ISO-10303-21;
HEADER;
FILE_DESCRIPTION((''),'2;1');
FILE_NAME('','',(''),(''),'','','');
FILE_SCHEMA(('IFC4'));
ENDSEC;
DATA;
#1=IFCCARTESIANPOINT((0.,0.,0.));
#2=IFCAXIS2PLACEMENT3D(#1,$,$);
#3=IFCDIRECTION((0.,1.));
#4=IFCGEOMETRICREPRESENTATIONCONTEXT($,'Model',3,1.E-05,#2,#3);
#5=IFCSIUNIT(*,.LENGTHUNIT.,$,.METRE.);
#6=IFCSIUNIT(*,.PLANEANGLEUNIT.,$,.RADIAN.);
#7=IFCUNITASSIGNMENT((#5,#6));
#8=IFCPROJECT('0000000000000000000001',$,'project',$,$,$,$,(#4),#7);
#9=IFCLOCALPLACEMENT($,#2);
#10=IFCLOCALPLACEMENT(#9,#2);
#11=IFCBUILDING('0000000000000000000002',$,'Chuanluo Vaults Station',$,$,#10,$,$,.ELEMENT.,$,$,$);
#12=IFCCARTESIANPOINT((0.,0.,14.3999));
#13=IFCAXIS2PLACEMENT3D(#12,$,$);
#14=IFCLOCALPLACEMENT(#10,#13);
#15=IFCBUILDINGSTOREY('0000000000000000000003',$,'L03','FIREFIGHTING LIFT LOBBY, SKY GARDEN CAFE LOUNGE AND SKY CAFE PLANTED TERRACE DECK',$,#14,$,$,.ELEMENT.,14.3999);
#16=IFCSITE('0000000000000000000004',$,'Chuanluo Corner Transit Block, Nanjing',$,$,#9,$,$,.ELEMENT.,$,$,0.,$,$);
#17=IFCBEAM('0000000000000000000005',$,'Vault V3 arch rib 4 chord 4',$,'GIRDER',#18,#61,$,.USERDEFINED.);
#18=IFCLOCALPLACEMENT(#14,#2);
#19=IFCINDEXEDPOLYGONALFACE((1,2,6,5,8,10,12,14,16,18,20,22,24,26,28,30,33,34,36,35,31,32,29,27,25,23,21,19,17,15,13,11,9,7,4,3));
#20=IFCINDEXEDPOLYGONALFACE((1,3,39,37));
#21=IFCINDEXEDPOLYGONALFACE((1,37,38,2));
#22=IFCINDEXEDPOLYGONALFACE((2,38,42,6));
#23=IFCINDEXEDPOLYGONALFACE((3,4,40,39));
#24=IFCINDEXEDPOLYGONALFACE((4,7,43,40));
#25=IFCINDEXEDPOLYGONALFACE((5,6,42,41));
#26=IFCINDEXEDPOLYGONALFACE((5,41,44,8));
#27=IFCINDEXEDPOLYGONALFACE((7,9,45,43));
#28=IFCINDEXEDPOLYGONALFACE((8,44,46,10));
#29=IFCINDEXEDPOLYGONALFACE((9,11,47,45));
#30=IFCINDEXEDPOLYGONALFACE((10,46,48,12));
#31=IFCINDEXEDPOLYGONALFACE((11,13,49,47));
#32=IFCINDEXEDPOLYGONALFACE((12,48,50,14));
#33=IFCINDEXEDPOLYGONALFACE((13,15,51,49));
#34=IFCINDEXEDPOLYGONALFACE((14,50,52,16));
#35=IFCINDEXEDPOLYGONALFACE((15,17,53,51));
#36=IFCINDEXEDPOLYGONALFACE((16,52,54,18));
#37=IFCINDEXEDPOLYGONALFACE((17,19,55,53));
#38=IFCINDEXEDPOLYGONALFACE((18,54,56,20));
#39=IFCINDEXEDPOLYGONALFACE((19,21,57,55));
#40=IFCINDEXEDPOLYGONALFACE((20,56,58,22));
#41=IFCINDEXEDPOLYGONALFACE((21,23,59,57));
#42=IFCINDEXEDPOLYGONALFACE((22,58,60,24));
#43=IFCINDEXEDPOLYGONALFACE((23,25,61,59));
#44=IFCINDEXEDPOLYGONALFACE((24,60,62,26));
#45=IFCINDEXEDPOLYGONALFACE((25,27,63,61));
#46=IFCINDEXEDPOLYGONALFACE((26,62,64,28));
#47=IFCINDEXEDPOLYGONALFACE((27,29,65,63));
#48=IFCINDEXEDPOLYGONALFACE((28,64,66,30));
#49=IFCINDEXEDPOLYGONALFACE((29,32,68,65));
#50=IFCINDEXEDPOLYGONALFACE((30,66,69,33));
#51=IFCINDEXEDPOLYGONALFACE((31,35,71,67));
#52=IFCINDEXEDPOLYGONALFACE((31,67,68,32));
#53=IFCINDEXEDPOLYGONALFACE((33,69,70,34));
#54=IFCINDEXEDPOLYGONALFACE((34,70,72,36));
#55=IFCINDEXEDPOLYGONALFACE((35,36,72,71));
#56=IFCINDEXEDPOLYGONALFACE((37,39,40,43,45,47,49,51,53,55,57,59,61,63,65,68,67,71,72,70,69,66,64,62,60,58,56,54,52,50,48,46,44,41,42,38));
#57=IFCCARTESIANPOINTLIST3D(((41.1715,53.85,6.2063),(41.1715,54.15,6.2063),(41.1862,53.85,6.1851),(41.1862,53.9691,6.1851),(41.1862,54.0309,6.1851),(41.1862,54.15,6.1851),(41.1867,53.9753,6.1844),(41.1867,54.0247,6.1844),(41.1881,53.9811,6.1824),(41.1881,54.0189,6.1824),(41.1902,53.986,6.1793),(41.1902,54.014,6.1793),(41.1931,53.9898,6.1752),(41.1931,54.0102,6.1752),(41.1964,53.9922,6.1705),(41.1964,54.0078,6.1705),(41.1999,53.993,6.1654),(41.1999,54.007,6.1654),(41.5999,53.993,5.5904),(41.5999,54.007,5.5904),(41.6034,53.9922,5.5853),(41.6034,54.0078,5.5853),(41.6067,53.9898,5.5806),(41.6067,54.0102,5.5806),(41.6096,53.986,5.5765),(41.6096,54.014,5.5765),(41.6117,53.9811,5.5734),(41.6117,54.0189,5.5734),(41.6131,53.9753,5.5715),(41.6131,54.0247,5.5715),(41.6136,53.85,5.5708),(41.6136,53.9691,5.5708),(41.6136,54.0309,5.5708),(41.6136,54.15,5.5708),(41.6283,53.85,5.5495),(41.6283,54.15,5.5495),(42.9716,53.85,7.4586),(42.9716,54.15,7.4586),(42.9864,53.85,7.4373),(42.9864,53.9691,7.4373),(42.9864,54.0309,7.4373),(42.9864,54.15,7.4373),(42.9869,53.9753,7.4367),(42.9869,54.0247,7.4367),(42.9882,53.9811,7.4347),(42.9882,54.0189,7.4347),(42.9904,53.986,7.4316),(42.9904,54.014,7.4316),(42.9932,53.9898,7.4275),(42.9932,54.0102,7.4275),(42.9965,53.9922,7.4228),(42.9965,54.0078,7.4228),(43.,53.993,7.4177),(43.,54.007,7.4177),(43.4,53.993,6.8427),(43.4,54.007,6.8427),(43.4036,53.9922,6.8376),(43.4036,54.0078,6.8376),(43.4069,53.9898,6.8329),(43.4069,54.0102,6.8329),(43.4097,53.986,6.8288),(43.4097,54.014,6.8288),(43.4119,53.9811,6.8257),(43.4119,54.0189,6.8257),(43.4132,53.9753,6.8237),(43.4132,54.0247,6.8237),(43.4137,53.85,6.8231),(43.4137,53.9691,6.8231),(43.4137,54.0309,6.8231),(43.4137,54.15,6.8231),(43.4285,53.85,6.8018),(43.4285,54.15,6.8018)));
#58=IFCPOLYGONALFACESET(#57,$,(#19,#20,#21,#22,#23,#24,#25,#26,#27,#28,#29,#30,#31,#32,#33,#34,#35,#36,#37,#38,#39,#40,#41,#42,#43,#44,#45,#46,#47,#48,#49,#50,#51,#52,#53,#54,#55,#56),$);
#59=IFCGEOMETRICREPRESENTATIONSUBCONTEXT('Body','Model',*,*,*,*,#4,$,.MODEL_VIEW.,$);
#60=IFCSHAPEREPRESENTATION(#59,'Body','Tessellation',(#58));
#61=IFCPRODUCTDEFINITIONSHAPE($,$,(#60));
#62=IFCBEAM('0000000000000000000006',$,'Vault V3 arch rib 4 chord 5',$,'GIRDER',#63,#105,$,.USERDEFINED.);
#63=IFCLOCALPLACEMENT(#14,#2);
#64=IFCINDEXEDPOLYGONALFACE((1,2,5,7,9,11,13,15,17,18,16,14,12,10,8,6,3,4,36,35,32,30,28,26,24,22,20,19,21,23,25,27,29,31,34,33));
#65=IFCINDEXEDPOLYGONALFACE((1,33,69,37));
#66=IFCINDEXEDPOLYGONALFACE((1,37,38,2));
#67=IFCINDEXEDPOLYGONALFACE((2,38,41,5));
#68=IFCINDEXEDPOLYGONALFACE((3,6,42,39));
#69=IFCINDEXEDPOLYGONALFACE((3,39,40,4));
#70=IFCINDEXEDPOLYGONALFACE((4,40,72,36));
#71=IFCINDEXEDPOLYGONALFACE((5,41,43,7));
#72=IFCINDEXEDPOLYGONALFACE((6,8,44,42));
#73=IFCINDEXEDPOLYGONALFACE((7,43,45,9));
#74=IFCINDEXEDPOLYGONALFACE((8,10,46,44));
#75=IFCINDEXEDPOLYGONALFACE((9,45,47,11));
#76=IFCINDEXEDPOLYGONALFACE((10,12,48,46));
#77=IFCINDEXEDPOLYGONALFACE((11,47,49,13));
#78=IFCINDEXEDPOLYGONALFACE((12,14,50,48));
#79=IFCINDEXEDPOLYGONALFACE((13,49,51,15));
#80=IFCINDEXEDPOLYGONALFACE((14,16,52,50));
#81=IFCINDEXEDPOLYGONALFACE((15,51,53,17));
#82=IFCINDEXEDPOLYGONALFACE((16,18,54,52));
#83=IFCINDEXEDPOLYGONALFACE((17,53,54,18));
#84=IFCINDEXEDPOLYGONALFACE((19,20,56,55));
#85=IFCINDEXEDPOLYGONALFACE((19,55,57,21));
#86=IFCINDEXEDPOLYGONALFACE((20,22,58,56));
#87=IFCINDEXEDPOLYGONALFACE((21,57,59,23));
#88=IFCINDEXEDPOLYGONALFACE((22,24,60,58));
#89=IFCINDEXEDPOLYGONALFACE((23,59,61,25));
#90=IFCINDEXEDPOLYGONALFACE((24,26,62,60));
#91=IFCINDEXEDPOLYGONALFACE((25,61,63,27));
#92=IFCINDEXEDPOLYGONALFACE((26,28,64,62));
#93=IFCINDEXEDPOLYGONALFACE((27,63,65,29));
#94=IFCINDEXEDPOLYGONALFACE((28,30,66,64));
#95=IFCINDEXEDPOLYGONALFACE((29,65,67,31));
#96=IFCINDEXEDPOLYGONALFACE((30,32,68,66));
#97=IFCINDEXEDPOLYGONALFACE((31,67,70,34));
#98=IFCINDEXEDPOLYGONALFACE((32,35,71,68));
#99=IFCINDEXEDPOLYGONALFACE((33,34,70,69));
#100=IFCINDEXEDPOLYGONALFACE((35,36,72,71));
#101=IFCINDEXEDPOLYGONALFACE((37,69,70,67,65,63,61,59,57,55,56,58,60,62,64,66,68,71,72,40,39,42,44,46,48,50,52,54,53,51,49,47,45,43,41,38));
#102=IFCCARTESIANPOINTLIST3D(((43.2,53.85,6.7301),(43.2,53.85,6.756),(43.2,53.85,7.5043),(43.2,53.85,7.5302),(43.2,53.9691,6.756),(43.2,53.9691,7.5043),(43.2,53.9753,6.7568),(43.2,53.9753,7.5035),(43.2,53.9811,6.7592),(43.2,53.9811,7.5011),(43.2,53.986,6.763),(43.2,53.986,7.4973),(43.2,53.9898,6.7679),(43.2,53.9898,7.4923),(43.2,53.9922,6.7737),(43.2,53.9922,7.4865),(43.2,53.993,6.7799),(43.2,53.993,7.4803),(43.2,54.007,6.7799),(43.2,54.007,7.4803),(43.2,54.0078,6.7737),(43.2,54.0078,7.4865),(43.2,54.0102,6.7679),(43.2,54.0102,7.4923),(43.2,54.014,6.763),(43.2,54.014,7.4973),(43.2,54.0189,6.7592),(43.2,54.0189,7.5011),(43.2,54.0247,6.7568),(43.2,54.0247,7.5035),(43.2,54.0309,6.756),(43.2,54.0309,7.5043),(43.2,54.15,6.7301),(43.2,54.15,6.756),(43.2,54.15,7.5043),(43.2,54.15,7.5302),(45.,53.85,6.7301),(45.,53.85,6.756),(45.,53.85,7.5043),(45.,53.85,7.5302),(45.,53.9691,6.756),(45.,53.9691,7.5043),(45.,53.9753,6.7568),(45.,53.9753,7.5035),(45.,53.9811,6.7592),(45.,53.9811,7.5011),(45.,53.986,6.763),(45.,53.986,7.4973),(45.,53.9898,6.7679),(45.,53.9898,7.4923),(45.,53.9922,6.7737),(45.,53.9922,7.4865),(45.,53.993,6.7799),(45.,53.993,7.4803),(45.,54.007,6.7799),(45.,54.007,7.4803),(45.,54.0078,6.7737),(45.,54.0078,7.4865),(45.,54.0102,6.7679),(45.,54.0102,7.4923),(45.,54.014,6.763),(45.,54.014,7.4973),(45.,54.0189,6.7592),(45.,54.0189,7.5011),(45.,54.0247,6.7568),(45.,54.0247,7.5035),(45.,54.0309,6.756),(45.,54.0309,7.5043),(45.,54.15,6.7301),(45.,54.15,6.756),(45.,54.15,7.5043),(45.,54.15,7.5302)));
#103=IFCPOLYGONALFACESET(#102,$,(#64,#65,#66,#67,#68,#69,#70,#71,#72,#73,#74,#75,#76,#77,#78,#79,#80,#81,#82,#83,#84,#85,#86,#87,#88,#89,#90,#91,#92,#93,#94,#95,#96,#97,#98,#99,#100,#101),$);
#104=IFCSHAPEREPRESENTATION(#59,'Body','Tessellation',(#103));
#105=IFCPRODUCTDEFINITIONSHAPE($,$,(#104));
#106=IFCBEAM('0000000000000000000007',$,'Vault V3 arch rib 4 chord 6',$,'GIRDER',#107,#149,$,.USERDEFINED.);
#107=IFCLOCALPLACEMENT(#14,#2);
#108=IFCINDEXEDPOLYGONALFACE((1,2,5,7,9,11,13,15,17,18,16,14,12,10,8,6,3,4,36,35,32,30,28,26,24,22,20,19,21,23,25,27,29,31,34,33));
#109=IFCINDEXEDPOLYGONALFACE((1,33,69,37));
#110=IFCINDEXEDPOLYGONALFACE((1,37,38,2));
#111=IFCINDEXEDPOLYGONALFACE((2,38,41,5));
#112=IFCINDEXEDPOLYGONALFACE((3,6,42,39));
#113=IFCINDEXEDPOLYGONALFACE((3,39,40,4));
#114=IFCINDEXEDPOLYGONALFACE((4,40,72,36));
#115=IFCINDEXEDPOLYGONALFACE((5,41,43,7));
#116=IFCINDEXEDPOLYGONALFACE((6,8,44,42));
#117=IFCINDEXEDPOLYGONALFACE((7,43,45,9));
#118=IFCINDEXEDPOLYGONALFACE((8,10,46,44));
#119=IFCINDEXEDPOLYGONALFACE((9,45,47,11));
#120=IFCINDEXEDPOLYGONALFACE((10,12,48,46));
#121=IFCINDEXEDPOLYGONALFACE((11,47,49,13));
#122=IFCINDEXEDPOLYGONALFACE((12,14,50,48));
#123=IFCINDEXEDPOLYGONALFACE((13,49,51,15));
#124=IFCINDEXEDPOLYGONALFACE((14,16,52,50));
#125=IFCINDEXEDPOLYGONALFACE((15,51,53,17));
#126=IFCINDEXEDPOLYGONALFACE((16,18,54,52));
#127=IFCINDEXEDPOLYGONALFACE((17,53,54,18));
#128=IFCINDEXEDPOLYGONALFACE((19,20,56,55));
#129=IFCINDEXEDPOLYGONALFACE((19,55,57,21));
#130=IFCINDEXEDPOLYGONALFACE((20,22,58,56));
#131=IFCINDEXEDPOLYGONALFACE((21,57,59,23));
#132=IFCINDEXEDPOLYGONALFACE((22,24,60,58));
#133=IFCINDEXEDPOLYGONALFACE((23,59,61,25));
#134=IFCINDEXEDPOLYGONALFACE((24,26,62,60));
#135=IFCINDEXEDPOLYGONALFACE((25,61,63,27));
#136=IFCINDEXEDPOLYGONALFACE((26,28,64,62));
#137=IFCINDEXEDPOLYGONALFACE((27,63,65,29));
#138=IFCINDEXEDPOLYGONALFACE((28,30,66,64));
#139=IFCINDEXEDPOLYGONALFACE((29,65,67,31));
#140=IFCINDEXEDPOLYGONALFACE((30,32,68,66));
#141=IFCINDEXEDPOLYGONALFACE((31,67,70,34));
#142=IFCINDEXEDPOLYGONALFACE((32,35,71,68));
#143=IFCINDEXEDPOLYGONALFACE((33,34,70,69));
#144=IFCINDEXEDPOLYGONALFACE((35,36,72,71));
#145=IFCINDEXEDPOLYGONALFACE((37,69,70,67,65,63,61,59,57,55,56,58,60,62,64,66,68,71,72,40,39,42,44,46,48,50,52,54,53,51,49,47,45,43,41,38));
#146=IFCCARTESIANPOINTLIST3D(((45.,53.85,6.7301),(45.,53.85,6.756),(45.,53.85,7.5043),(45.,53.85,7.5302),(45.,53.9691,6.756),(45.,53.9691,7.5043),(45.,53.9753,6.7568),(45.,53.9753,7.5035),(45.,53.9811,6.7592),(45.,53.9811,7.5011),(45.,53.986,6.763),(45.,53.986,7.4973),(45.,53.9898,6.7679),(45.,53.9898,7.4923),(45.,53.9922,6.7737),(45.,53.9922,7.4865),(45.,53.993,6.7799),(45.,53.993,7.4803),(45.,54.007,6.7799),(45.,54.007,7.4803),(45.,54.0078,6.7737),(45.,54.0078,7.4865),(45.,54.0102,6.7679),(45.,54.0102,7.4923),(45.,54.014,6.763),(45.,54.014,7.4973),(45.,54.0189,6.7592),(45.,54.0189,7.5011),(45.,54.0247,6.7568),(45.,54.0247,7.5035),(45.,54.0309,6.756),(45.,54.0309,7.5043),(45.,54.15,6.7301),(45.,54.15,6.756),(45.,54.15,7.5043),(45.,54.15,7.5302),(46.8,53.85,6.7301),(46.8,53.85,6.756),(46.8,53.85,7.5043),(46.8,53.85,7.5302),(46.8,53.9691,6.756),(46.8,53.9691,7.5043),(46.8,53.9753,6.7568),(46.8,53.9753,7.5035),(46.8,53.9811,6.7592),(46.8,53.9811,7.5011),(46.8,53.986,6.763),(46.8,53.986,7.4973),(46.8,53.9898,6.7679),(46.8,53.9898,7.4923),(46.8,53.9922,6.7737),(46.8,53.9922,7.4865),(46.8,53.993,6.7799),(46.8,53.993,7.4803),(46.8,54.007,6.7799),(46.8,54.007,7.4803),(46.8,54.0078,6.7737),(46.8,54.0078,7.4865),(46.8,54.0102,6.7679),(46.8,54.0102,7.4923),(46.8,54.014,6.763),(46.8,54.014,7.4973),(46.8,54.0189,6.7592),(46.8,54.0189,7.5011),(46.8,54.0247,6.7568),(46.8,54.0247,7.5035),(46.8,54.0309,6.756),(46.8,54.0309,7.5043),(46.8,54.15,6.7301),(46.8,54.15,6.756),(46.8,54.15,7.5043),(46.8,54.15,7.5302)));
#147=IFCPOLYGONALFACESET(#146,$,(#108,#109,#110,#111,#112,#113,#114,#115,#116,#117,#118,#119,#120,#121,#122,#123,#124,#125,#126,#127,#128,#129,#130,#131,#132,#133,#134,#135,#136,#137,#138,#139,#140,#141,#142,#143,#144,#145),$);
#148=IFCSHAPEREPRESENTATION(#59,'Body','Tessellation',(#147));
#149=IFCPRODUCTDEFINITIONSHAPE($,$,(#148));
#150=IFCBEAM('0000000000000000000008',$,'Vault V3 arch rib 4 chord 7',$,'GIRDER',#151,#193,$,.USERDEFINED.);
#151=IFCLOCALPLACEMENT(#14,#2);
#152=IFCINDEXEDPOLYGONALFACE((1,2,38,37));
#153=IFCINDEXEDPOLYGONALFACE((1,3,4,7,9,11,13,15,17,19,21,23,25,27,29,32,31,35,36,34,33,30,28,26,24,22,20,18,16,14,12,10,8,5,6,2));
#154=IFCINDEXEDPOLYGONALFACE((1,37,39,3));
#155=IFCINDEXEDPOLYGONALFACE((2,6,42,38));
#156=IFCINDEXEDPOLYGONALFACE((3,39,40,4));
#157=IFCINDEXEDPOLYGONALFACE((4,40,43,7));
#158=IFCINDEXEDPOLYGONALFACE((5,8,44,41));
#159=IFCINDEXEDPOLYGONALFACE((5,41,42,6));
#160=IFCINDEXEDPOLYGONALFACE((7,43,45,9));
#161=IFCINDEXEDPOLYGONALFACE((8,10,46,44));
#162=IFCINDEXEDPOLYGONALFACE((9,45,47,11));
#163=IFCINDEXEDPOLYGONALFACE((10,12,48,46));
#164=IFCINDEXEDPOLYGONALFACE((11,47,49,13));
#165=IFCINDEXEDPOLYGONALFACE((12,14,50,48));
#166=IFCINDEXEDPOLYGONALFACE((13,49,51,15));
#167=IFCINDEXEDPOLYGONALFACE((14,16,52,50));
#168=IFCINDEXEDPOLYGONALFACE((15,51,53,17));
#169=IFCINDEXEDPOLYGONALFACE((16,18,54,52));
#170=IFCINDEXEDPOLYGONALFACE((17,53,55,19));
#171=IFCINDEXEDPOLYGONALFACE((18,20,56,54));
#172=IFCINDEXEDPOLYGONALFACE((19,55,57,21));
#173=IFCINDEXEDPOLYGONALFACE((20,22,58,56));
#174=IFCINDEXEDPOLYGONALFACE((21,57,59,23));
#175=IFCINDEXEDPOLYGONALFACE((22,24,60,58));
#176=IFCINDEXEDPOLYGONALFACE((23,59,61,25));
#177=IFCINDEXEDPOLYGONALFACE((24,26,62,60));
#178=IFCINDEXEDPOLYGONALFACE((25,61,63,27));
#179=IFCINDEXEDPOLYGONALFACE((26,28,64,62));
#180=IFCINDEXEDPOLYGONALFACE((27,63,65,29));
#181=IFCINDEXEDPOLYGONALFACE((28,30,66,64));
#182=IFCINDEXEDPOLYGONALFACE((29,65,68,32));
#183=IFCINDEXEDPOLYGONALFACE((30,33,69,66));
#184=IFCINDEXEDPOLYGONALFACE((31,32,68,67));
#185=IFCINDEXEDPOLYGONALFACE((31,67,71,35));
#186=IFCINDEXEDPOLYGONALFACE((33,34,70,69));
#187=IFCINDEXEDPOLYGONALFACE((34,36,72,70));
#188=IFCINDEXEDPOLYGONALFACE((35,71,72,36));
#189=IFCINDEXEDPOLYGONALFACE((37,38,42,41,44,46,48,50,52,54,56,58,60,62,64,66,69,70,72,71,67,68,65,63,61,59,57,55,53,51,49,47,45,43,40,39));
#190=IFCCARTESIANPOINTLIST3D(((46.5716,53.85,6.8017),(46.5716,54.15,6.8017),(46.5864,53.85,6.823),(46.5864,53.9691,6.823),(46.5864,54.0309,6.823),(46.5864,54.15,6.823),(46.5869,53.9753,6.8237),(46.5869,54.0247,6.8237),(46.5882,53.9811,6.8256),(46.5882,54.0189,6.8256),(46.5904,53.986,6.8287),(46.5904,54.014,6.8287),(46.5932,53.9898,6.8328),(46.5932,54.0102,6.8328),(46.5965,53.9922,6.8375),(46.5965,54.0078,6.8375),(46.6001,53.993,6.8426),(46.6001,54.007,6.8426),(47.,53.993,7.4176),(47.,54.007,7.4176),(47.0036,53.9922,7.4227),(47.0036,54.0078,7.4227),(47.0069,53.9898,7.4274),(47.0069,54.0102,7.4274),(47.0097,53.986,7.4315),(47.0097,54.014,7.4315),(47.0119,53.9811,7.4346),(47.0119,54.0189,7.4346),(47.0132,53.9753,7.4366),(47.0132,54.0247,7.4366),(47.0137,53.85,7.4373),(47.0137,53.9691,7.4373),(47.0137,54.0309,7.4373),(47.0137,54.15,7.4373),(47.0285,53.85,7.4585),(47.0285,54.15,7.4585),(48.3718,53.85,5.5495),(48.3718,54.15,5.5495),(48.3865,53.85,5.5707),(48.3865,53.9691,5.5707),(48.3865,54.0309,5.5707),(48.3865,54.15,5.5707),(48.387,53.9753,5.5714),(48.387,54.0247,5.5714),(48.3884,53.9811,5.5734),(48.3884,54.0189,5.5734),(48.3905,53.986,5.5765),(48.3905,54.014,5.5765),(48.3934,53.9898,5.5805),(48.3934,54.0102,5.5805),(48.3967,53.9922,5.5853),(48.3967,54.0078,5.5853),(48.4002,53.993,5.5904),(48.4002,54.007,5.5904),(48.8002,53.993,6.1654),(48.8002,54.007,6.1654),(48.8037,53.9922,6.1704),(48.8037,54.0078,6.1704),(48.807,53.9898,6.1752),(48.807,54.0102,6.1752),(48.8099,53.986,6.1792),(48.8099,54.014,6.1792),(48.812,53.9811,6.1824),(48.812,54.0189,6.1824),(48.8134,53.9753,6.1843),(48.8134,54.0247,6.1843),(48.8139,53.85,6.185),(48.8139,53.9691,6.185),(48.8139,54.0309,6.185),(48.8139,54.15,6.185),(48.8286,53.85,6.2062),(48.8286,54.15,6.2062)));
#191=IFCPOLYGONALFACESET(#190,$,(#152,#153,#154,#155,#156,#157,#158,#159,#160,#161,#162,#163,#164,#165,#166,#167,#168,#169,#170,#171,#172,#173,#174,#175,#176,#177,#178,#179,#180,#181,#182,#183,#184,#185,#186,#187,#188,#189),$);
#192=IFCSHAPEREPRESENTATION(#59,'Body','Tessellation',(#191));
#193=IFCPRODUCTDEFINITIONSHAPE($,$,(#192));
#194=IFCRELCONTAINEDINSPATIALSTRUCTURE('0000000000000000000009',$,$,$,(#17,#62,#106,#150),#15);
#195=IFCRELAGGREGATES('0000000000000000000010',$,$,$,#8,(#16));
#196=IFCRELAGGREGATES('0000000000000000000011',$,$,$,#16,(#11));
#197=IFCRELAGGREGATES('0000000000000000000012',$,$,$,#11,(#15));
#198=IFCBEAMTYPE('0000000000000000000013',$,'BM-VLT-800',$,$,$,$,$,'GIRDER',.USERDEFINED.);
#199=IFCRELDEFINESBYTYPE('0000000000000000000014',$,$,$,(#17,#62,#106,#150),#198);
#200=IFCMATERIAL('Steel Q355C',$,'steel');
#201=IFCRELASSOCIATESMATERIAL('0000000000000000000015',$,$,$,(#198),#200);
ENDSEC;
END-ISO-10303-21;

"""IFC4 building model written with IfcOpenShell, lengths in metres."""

from ifc_helpers import new_model, si_unit, direction, frame, origin, origin_2d, place, context, subcontext, project, spatial, i_section, extrude, material, material_profile, profile_set, type_object, element, save


model = new_model("IFC4")

# Units and contexts
model_context = context("Model", 3, precision=1e-05, world=origin(), true_north=direction((0.0, 1.0)))
body_context = subcontext(model_context, "Body", "Model", "MODEL_VIEW")
ifc_project = project(units=[si_unit("LENGTHUNIT", "METRE"), si_unit("PLANEANGLEUNIT", "RADIAN")], contexts=[model_context])

# Site, building, storey
site_placement = place(None, origin())
site = spatial("IfcSite", under=ifc_project, at=site_placement, Name="Chuanluo Corner Transit Block, Nanjing", CompositionType="ELEMENT", RefElevation=0.0)
building_placement = place(site_placement, origin())
building = spatial("IfcBuilding", under=site, at=building_placement, Name="Chuanluo Vaults Station", CompositionType="ELEMENT")
storey_placement = place(building_placement, frame((0.0, 0.0, 14.3999)))
storey = spatial("IfcBuildingStorey", under=building, at=storey_placement, Name="L03", Description="FIREFIGHTING LIFT LOBBY, SKY GARDEN CAFE LOUNGE AND SKY CAFE PLANTED TERRACE DECK", CompositionType="ELEMENT", Elevation=14.3999)

# Beams
ifc_material_1 = material(Name="Steel Q355C", Category="steel")
ifc_material_profile_1 = material_profile(ifc_material_1, i_section(OverallWidth=0.3, OverallDepth=0.8, WebThickness=0.0139, FlangeThickness=0.0259, FilletRadius=0.0239, at=origin_2d()))
ifc_profile_set_1 = profile_set([ifc_material_profile_1], Name="Steel Q355C")
beam_type = type_object("IfcBeamType", Name="BM-VLT-800", ElementType="GIRDER", PredefinedType="USERDEFINED", material=ifc_profile_set_1)
beam_1_placement = place(storey_placement, frame((41.3999, 54.0, 5.8779), z_axis=(0.820907, 0.0, 0.571061), x_axis=(0.0, 1.0, 0.0)))
element("IfcBeam", 1, at=beam_1_placement, inside=storey, type_object=beam_type, Name="Vault V3 arch rib 4 chord 4", ObjectType="GIRDER", PredefinedType="USERDEFINED", context=body_context, shape_type="SweptSolid", body=[
    extrude(i_section(OverallWidth=0.3, OverallDepth=0.8, WebThickness=0.0139, FlangeThickness=0.0259, FilletRadius=0.0239, at=origin_2d()), origin(), (0.0, 0.0, 1.0), 2.1929),
])
for number, where, z_axis, x_axis, name in (
    (2, (43.2, 54.0, 7.1301), (1.0, 0.0, 0.0), (0.0, 1.0, 0.0), "Vault V3 arch rib 4 chord 5"),
    (3, (45.0, 54.0, 7.1301), (1.0, 0.0, 0.0), (0.0, 1.0, 0.0), "Vault V3 arch rib 4 chord 6"),
):
    element("IfcBeam", number, at=place(storey_placement, frame(where, z_axis=z_axis, x_axis=x_axis)), inside=storey, type_object=beam_type, Name=name, ObjectType="GIRDER", PredefinedType="USERDEFINED", context=body_context, shape_type="SweptSolid", body=[
        extrude(i_section(OverallWidth=0.3, OverallDepth=0.8, WebThickness=0.0139, FlangeThickness=0.0259, FilletRadius=0.0239, at=origin_2d()), origin(), (0.0, 0.0, 1.0), 1.8),
    ])
beam_2_placement = place(storey_placement, frame((46.8, 54.0, 7.1301), z_axis=(0.820907, 0.0, -0.571061), x_axis=(0.0, 1.0, 0.0)))
element("IfcBeam", 4, at=beam_2_placement, inside=storey, type_object=beam_type, Name="Vault V3 arch rib 4 chord 7", ObjectType="GIRDER", PredefinedType="USERDEFINED", context=body_context, shape_type="SweptSolid", body=[
    extrude(i_section(OverallWidth=0.3, OverallDepth=0.8, WebThickness=0.0139, FlangeThickness=0.0259, FilletRadius=0.0239, at=origin_2d()), origin(), (0.0, 0.0, 1.0), 2.1929),
])

save(model, "model.ifc")
